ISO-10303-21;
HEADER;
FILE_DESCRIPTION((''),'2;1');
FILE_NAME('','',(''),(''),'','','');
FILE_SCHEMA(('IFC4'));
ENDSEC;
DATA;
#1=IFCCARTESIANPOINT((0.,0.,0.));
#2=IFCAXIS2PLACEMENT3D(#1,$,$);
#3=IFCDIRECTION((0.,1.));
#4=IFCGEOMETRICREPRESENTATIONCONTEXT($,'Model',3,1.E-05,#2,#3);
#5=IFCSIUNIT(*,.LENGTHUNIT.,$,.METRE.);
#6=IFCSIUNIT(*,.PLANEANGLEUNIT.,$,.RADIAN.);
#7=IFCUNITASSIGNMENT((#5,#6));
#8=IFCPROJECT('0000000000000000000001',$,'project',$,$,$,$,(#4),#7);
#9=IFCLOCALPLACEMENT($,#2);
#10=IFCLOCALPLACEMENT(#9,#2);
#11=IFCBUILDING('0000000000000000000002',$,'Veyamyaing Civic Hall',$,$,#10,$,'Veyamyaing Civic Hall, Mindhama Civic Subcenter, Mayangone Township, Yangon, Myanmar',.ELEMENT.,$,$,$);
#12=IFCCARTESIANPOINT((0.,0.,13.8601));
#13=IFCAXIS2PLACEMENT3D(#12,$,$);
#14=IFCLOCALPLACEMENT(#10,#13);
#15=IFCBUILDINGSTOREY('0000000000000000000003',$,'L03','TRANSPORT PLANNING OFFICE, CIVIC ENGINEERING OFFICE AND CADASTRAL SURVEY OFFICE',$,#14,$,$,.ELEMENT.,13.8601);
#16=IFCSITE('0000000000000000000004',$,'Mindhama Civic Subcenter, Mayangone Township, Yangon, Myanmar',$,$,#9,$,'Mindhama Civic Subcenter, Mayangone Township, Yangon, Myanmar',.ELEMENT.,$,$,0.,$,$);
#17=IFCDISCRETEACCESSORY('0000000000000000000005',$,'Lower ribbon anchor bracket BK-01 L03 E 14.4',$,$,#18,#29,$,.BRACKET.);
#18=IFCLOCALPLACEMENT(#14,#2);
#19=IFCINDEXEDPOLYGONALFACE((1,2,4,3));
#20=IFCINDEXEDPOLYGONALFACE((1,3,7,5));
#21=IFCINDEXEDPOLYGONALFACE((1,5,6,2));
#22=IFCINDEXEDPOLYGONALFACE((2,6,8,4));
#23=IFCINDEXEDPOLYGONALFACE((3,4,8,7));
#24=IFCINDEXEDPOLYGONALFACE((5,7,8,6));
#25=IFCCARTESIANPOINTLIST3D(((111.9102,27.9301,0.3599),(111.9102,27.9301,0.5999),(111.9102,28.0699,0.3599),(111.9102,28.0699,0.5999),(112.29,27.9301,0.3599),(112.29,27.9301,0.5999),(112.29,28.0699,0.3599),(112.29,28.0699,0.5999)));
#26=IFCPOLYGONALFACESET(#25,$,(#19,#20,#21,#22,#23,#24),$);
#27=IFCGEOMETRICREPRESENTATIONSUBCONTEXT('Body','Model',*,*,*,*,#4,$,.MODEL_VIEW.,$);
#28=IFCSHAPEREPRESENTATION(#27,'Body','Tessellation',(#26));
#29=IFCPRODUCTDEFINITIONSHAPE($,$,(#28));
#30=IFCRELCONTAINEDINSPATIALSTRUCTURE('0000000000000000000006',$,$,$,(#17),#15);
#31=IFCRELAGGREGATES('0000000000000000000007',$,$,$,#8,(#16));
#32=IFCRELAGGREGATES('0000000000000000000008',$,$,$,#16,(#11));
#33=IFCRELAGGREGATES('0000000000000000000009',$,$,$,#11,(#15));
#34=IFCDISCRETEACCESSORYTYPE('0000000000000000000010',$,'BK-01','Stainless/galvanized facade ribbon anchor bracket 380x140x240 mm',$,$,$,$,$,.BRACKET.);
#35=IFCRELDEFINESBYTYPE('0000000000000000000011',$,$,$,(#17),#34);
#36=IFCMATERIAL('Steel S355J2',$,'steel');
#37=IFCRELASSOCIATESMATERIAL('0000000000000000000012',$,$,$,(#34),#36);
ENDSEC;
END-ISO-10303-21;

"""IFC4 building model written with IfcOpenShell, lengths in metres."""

from ifc_helpers import new_model, si_unit, direction, frame, origin, origin_2d, place, context, subcontext, project, spatial, rectangle, extrude, material, type_object, element, save


model = new_model("IFC4")

# Units and contexts
model_context = context("Model", 3, precision=1e-05, world=origin(), true_north=direction((0.0, 1.0)))
body_context = subcontext(model_context, "Body", "Model", "MODEL_VIEW")
ifc_project = project(units=[si_unit("LENGTHUNIT", "METRE"), si_unit("PLANEANGLEUNIT", "RADIAN")], contexts=[model_context])

# Site, building, storey
site_placement = place(None, origin())
site = spatial("IfcSite", under=ifc_project, at=site_placement, Name="Mindhama Civic Subcenter, Mayangone Township, Yangon, Myanmar", LongName="Mindhama Civic Subcenter, Mayangone Township, Yangon, Myanmar", CompositionType="ELEMENT", RefElevation=0.0)
building_placement = place(site_placement, origin())
building = spatial("IfcBuilding", under=site, at=building_placement, Name="Veyamyaing Civic Hall", LongName="Veyamyaing Civic Hall, Mindhama Civic Subcenter, Mayangone Township, Yangon, Myanmar", CompositionType="ELEMENT")
storey_placement = place(building_placement, frame((0.0, 0.0, 13.8601)))
storey = spatial("IfcBuildingStorey", under=building, at=storey_placement, Name="L03", Description="TRANSPORT PLANNING OFFICE, CIVIC ENGINEERING OFFICE AND CADASTRAL SURVEY OFFICE", CompositionType="ELEMENT", Elevation=13.8601)

# Discrete accessory
ifc_material_1 = material(Name="Steel S355J2", Category="steel")
discrete_accessory_type = type_object("IfcDiscreteAccessoryType", Name="BK-01", Description="Stainless/galvanized facade ribbon anchor bracket 380x140x240 mm", PredefinedType="BRACKET", material=ifc_material_1)
for number, where, z_axis, x_axis, name in (
    (1, (112.1001, 28.0, 0.3599), (0.0, 0.0, 1.0), (1.0, 0.0, 0.0), "Lower ribbon anchor bracket BK-01 L03 E 14.4"),
):
    element("IfcDiscreteAccessory", number, at=place(storey_placement, frame(where, z_axis=z_axis, x_axis=x_axis)), inside=storey, type_object=discrete_accessory_type, Name=name, PredefinedType="BRACKET", context=body_context, shape_type="SweptSolid", body=[
        extrude(rectangle(XDim=0.3799, YDim=0.1399, at=origin_2d()), origin(), (0.0, 0.0, 1.0), 0.24),
    ])

save(model, "model.ifc")
